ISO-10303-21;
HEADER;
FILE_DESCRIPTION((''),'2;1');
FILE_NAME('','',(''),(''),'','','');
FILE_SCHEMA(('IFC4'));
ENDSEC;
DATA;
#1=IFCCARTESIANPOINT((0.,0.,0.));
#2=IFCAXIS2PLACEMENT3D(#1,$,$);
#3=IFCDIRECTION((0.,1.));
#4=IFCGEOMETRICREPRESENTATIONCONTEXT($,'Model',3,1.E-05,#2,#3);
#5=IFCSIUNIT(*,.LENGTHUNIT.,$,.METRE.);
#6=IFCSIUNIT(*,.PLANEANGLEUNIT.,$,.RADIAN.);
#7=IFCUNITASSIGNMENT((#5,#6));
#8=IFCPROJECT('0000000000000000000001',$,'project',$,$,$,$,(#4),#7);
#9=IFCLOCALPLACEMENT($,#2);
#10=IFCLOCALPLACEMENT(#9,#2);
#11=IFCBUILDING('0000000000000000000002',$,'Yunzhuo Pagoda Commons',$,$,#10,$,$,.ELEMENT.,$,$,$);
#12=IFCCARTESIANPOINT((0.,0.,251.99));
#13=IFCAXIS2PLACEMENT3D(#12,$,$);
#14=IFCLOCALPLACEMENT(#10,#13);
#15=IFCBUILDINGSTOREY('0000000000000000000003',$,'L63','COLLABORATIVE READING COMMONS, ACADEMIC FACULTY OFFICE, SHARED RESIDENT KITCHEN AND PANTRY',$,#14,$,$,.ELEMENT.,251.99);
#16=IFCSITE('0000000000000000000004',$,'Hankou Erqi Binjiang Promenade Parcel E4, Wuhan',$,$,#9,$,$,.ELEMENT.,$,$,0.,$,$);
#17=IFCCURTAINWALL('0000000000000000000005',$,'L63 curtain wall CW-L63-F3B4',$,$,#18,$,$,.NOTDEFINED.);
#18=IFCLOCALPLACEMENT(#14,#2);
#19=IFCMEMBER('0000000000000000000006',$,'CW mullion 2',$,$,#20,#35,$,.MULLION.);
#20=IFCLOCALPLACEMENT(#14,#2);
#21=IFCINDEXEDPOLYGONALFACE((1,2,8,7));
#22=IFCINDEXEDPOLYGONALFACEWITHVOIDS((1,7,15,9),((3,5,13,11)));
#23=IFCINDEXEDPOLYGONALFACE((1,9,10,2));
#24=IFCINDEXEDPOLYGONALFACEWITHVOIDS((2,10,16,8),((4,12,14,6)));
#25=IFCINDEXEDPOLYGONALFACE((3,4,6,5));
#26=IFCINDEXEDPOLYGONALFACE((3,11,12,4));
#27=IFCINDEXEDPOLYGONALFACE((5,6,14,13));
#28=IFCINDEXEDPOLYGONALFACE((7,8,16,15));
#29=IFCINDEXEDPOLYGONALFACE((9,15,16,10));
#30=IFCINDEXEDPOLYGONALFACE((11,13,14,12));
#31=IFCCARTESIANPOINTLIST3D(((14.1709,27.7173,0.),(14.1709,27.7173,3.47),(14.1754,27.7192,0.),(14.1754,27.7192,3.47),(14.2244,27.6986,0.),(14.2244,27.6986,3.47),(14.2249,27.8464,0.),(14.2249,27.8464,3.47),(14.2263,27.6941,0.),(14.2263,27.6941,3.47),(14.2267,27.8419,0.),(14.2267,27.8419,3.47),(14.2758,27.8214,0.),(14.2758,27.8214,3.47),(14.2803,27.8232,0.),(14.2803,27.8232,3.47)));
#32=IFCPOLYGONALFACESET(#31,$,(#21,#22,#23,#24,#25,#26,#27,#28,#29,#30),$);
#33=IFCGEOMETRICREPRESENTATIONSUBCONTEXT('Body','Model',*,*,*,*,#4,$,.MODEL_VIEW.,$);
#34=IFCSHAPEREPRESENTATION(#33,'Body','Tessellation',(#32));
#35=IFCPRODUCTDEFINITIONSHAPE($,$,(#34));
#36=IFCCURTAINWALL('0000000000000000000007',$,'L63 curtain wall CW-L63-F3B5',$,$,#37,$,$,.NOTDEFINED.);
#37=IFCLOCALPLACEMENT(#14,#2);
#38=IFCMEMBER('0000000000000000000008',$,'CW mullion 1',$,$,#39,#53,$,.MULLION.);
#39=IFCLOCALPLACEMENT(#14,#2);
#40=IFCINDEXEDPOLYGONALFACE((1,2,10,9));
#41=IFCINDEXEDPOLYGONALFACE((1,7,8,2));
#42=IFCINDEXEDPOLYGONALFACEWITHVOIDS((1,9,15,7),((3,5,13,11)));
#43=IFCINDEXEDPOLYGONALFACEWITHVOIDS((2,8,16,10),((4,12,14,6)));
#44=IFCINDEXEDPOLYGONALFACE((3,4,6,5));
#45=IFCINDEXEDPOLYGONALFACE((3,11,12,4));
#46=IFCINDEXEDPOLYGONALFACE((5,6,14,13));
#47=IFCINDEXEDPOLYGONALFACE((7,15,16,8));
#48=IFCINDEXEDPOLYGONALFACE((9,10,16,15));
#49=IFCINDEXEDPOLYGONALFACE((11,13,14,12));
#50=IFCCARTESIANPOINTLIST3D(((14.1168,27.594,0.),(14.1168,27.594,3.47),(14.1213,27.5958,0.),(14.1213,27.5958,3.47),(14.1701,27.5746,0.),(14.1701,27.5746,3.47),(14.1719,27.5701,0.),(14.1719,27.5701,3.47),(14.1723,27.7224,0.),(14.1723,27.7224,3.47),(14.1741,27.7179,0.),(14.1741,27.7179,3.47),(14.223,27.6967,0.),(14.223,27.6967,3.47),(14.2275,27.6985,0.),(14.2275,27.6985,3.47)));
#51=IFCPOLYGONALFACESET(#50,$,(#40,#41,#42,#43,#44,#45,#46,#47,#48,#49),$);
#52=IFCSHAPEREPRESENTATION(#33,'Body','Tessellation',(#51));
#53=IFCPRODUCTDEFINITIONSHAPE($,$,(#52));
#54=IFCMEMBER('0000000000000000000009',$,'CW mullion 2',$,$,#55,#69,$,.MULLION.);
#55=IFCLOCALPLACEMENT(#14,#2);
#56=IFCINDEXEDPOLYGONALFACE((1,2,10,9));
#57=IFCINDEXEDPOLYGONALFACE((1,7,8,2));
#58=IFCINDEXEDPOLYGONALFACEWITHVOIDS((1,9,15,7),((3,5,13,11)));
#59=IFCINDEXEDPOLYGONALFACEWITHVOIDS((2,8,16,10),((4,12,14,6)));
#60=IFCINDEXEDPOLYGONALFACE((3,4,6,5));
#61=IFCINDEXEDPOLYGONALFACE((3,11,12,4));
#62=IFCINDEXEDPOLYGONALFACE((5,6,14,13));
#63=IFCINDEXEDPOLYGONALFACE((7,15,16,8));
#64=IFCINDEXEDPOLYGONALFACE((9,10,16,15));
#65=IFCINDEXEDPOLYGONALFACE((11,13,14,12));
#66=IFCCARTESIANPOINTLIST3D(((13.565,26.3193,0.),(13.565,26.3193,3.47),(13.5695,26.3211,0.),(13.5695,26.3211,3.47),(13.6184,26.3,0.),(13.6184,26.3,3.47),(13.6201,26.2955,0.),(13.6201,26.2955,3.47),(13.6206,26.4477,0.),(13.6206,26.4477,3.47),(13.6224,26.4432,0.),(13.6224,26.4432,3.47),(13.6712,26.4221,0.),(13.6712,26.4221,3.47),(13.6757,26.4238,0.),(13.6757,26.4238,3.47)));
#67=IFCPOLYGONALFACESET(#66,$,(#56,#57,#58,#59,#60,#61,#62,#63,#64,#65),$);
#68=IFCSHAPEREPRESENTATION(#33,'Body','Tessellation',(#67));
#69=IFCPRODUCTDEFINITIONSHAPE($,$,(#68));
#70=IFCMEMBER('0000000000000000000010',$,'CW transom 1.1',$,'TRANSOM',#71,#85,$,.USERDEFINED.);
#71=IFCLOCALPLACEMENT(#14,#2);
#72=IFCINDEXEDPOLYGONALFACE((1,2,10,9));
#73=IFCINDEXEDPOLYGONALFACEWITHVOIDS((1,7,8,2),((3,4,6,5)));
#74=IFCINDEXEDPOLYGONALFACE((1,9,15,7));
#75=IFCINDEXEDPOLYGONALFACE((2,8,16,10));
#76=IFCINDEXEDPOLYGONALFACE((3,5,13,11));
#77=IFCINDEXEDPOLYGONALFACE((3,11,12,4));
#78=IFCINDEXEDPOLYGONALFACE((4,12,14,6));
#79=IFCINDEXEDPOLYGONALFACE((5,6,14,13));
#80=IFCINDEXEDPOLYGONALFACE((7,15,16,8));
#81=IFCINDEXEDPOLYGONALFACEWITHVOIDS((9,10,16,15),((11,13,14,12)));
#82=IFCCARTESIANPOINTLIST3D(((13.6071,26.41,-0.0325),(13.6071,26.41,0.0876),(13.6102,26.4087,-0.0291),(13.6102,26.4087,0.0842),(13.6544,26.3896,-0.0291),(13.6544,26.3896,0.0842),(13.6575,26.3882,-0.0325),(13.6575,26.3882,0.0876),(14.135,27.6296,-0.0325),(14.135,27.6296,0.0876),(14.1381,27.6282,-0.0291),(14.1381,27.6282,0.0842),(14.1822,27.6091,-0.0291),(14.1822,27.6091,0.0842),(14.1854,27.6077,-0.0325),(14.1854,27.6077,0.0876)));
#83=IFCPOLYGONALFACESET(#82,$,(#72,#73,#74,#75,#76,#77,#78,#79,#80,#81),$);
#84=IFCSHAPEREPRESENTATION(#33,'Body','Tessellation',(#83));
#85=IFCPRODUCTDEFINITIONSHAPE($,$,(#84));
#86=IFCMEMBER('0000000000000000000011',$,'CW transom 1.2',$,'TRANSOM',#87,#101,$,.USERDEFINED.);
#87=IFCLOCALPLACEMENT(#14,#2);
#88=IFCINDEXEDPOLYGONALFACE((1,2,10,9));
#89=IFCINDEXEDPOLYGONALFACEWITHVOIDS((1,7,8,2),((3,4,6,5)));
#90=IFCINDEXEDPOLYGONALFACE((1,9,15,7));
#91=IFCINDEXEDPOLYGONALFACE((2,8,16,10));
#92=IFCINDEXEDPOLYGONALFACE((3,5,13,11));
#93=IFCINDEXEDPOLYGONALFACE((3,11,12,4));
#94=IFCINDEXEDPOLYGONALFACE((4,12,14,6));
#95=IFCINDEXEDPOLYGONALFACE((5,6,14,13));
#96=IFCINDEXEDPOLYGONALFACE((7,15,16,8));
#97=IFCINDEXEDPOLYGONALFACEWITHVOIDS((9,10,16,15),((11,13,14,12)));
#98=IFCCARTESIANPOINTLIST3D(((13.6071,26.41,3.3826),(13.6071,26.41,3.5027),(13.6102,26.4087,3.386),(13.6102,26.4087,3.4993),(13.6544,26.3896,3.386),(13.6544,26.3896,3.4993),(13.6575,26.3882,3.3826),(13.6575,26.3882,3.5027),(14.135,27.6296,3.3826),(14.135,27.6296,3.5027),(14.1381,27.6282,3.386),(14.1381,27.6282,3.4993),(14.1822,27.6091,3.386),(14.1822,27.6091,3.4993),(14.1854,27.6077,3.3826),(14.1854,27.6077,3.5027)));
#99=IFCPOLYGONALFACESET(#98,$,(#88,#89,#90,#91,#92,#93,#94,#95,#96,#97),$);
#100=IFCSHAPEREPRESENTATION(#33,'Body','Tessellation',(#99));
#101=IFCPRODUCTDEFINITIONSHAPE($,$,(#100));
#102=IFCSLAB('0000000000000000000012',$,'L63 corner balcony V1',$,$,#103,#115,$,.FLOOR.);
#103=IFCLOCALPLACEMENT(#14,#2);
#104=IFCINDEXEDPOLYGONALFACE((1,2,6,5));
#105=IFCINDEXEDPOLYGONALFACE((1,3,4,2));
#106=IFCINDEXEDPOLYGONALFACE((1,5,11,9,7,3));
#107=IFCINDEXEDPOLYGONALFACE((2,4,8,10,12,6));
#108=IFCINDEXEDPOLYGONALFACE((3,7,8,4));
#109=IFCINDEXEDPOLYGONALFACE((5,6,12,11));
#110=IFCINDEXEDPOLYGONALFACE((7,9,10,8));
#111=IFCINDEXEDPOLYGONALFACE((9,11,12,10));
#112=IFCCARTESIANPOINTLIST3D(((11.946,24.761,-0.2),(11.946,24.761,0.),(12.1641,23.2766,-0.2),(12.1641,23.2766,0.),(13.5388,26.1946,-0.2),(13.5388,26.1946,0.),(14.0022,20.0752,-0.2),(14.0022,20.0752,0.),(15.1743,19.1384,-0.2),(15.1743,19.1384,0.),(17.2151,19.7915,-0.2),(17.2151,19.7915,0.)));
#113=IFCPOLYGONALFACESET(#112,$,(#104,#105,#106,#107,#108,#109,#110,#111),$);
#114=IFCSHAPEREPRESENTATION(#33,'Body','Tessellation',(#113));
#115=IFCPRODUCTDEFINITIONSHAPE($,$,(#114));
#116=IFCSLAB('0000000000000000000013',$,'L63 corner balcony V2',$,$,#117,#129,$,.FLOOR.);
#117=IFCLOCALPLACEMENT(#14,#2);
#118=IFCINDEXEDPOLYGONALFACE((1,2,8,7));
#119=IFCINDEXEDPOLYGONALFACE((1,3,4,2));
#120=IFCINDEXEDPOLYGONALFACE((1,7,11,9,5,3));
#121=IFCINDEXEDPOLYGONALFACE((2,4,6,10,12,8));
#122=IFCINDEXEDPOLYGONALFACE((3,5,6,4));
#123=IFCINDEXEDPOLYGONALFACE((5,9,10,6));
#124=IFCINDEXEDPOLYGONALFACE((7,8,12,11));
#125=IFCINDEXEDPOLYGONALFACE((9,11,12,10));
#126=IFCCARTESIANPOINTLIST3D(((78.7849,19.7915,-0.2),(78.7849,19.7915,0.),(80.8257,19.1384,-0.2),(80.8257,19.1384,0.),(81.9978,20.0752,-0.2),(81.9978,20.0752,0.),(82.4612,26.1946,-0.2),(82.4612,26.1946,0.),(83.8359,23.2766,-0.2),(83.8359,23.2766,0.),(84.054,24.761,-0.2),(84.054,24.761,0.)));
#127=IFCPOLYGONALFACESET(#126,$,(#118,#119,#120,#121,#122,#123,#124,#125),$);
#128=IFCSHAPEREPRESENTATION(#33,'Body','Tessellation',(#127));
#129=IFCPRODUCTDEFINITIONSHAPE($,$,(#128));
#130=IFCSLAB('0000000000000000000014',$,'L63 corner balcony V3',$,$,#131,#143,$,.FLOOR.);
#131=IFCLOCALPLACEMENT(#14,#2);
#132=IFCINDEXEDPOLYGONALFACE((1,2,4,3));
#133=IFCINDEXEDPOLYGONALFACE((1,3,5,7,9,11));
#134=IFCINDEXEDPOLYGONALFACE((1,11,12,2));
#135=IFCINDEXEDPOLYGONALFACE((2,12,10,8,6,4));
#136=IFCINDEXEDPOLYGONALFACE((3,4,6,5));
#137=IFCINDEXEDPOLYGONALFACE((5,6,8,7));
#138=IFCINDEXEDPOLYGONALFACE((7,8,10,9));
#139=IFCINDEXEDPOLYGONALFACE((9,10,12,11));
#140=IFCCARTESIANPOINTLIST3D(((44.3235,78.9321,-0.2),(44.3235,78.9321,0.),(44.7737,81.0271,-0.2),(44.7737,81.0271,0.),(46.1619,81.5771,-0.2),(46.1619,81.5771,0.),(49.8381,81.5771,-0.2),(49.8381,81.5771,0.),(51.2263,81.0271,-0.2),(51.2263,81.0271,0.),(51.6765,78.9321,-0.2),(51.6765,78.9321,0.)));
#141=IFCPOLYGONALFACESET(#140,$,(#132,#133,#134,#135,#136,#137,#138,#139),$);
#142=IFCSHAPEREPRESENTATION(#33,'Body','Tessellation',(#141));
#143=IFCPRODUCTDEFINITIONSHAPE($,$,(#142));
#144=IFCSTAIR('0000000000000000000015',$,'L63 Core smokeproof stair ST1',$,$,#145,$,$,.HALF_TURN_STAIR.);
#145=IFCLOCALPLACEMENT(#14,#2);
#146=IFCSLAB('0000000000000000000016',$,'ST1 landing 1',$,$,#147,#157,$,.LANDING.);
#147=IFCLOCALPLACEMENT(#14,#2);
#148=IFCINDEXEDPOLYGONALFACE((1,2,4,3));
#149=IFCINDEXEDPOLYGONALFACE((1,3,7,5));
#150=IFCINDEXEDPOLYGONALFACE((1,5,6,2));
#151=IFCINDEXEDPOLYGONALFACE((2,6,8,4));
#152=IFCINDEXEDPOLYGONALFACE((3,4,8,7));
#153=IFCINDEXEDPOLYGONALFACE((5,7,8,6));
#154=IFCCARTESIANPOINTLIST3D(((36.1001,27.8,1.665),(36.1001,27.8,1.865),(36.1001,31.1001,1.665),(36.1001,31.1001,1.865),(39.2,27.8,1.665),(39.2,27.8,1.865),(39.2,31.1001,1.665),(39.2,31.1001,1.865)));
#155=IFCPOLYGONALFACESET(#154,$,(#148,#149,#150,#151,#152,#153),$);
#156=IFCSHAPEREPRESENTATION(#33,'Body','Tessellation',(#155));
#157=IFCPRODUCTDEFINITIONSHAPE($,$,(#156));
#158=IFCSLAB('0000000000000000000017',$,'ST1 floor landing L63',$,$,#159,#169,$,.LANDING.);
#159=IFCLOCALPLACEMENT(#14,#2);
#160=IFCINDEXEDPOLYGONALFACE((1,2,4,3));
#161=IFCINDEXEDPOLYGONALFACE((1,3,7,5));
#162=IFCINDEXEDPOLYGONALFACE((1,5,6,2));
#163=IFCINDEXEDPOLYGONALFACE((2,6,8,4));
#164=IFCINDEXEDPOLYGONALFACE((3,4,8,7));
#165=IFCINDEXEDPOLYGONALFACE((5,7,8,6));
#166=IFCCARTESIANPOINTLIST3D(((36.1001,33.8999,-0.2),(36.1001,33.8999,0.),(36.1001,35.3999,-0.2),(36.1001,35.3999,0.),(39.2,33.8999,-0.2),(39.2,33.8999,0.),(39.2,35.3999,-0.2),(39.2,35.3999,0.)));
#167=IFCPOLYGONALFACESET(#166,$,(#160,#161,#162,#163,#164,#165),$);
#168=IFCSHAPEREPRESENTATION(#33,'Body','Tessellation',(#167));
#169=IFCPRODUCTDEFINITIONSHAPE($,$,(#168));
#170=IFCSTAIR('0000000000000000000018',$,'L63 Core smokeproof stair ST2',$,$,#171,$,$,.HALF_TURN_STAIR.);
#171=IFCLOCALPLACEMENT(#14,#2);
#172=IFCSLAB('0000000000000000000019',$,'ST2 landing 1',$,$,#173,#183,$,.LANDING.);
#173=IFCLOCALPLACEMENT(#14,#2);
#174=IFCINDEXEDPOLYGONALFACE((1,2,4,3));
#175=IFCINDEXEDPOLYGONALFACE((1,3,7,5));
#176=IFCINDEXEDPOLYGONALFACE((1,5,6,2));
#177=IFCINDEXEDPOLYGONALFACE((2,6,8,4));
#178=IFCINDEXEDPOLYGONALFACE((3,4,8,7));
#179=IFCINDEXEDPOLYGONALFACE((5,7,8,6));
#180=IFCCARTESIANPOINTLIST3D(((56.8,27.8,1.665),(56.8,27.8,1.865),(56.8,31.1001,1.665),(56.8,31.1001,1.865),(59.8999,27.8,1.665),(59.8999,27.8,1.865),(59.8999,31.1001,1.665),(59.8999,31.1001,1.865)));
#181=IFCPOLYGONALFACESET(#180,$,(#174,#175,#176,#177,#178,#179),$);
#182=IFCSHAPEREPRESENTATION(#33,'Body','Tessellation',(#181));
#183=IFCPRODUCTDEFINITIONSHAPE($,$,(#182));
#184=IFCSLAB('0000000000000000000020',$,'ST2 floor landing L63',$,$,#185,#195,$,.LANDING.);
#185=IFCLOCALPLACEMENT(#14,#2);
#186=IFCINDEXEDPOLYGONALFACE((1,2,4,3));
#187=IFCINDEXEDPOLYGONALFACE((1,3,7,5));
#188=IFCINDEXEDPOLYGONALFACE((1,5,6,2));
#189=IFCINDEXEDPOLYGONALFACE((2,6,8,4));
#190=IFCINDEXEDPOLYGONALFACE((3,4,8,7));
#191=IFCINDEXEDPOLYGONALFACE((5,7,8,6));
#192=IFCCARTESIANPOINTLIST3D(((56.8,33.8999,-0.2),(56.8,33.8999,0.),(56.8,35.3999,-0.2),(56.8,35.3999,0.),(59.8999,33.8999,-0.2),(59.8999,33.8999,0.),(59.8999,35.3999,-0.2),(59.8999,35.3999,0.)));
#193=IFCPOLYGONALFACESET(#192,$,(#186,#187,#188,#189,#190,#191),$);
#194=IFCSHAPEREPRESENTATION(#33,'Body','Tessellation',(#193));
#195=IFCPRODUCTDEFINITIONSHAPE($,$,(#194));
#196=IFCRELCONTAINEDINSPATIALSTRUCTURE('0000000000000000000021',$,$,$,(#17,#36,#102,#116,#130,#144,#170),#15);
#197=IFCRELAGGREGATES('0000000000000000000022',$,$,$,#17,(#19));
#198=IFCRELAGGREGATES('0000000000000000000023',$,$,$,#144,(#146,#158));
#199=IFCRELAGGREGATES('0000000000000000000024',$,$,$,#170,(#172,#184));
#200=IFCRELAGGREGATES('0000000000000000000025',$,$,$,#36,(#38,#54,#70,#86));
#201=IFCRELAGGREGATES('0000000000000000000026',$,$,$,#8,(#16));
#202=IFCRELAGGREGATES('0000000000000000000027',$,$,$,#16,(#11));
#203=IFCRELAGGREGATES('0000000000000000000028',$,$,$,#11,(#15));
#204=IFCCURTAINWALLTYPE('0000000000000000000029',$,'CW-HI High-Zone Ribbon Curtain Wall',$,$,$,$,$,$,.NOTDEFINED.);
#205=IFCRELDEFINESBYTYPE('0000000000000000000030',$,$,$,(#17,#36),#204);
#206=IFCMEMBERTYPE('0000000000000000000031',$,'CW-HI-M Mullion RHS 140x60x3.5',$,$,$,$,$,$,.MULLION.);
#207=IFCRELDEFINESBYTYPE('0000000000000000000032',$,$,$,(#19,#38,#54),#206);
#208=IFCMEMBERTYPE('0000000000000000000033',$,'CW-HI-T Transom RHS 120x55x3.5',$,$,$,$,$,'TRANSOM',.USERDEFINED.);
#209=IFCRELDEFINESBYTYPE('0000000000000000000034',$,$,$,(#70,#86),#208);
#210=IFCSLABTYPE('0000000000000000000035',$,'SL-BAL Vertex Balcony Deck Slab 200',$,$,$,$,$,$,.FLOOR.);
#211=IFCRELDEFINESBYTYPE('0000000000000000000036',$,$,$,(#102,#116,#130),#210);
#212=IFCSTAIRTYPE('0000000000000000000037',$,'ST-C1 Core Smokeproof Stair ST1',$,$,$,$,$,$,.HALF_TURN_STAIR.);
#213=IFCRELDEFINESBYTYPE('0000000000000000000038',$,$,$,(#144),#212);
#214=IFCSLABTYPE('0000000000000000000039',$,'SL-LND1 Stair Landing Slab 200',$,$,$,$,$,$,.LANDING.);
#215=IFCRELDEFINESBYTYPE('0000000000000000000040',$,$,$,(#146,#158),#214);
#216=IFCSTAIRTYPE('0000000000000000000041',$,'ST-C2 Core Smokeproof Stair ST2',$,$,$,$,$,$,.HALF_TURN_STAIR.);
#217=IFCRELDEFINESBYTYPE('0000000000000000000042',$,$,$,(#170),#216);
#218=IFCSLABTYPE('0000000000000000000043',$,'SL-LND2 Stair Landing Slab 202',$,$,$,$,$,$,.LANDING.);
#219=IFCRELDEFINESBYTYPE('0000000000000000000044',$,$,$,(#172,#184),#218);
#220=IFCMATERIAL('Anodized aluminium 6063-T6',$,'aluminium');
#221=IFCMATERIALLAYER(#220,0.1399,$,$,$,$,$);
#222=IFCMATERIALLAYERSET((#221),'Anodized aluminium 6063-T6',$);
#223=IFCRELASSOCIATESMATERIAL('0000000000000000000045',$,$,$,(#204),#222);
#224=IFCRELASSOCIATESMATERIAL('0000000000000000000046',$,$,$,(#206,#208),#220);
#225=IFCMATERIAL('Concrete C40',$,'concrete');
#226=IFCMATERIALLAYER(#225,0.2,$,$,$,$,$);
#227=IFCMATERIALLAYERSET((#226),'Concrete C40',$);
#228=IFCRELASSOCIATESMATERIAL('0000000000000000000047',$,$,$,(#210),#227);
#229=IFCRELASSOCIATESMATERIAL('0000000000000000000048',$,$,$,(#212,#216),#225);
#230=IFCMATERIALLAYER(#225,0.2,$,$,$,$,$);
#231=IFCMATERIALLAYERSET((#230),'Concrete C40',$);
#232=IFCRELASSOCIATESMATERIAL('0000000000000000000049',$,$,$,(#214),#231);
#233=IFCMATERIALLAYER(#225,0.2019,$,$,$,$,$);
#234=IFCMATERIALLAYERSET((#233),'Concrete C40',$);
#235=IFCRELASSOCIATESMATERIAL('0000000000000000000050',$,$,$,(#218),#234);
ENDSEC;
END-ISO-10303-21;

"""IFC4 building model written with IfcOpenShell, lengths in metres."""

from ifc_helpers import new_model, si_unit, direction, frame, origin, origin_2d, place, context, subcontext, project, spatial, polyline, hollow_rectangle, outline, extrude, source, transform, mapped, material, layer, layer_set, material_profile, profile_set, type_object, element, aggregate, save


model = new_model("IFC4")

# Units and contexts
model_context = context("Model", 3, precision=1e-05, world=origin(), true_north=direction((0.0, 1.0)))
body_context = subcontext(model_context, "Body", "Model", "MODEL_VIEW")
ifc_project = project(units=[si_unit("LENGTHUNIT", "METRE"), si_unit("PLANEANGLEUNIT", "RADIAN")], contexts=[model_context])

# Site, building, storey
site_placement = place(None, origin())
site = spatial("IfcSite", under=ifc_project, at=site_placement, Name="Hankou Erqi Binjiang Promenade Parcel E4, Wuhan", CompositionType="ELEMENT", RefElevation=0.0)
building_placement = place(site_placement, origin())
building = spatial("IfcBuilding", under=site, at=building_placement, Name="Yunzhuo Pagoda Commons", CompositionType="ELEMENT")
storey_placement = place(building_placement, frame((0.0, 0.0, 251.99)))
storey = spatial("IfcBuildingStorey", under=building, at=storey_placement, Name="L63", Description="COLLABORATIVE READING COMMONS, ACADEMIC FACULTY OFFICE, SHARED RESIDENT KITCHEN AND PANTRY", CompositionType="ELEMENT", Elevation=251.99)

# Curtain wall, member
ifc_material_1 = material(Name="Anodized aluminium 6063-T6", Category="aluminium")
ifc_layer_1 = layer(ifc_material_1, 0.1399)
ifc_layer_set_1 = layer_set([ifc_layer_1], Name="Anodized aluminium 6063-T6")
curtain_wall_type = type_object("IfcCurtainWallType", Name="CW-HI High-Zone Ribbon Curtain Wall", PredefinedType="NOTDEFINED", material=ifc_layer_set_1)
curtain_wall_1_placement = place(storey_placement, origin())
curtain_wall_1 = element("IfcCurtainWall", 1, at=curtain_wall_1_placement, inside=storey, type_object=curtain_wall_type, Name="L63 curtain wall CW-L63-F3B4", PredefinedType="NOTDEFINED")
ifc_material_profile_1 = material_profile(ifc_material_1, hollow_rectangle(XDim=0.0601, YDim=0.1399, WallThickness=0.0034, at=origin_2d()), Name="Anodized aluminium 6063-T6")
ifc_profile_set_1 = profile_set([ifc_material_profile_1], Name="Anodized aluminium 6063-T6")
member_type_1 = type_object("IfcMemberType", Name="CW-HI-M Mullion RHS 140x60x3.5", PredefinedType="MULLION", material=ifc_profile_set_1)
shared_shape_1 = source(origin(), body_context, "Body", "SweptSolid", [
    extrude(hollow_rectangle(XDim=0.0601, YDim=0.1399, WallThickness=0.0034, at=origin_2d()), origin(), (0.0, 0.0, 1.0), 3.47),
])
member_1_placement = place(storey_placement, frame((14.2256, 27.7703, 0.0), z_axis=(0.0, 0.0, 1.0), x_axis=(0.922451, -0.386115, 0.0)))
member_1 = element("IfcMember", 2, at=member_1_placement, type_object=member_type_1, Name="CW mullion 2", PredefinedType="MULLION", context=body_context, shape_type="MappedRepresentation", body=[
    mapped(shared_shape_1, transform((0.0, 0.0, 0.0), scale=1.0)),
])
aggregate(curtain_wall_1, [member_1])

# Curtain wall, members
curtain_wall_2_placement = place(storey_placement, origin())
curtain_wall_2 = element("IfcCurtainWall", 3, at=curtain_wall_2_placement, inside=storey, type_object=curtain_wall_type, Name="L63 curtain wall CW-L63-F3B5", PredefinedType="NOTDEFINED")
member_2_placement = place(storey_placement, frame((14.1721, 27.6462, 0.0), z_axis=(0.0, 0.0, 1.0), x_axis=(0.917707, -0.397257, 0.0)))
member_2 = element("IfcMember", 4, at=member_2_placement, type_object=member_type_1, Name="CW mullion 1", PredefinedType="MULLION", context=body_context, shape_type="MappedRepresentation", body=[
    mapped(shared_shape_1, transform((0.0, 0.0, 0.0), scale=1.0)),
])
member_3_placement = place(storey_placement, frame((13.6204, 26.3716, 0.0), z_axis=(0.0, 0.0, 1.0), x_axis=(0.917707, -0.397257, 0.0)))
member_3 = element("IfcMember", 5, at=member_3_placement, type_object=member_type_1, Name="CW mullion 2", PredefinedType="MULLION", context=body_context, shape_type="MappedRepresentation", body=[
    mapped(shared_shape_1, transform((0.0, 0.0, 0.0), scale=1.0)),
])
ifc_material_profile_2 = material_profile(ifc_material_1, hollow_rectangle(XDim=0.0549, YDim=0.1201, WallThickness=0.0034, at=origin_2d()), Name="Anodized aluminium 6063-T6")
ifc_profile_set_2 = profile_set([ifc_material_profile_2], Name="Anodized aluminium 6063-T6")
member_type_2 = type_object("IfcMemberType", Name="CW-HI-T Transom RHS 120x55x3.5", ElementType="TRANSOM", PredefinedType="USERDEFINED", material=ifc_profile_set_2)
shared_shape_2 = source(origin(), body_context, "Body", "SweptSolid", [
    extrude(hollow_rectangle(XDim=0.0549, YDim=0.1201, WallThickness=0.0034, at=origin_2d()), origin(), (0.0, 0.0, 1.0), 1.3289),
])
member_4_placement = place(storey_placement, frame((14.1602, 27.6187, 0.0276), z_axis=(-0.397221, -0.917723, 0.0), x_axis=(0.917723, -0.397221, 0.0)))
member_4 = element("IfcMember", 6, at=member_4_placement, type_object=member_type_2, Name="CW transom 1.1", ObjectType="TRANSOM", PredefinedType="USERDEFINED", context=body_context, shape_type="MappedRepresentation", body=[
    mapped(shared_shape_2, transform((0.0, 0.0, 0.0), scale=1.0)),
])
member_5_placement = place(storey_placement, frame((14.1602, 27.6187, 3.4426), z_axis=(-0.397221, -0.917723, 0.0), x_axis=(0.917723, -0.397221, 0.0)))
member_5 = element("IfcMember", 7, at=member_5_placement, type_object=member_type_2, Name="CW transom 1.2", ObjectType="TRANSOM", PredefinedType="USERDEFINED", context=body_context, shape_type="MappedRepresentation", body=[
    mapped(shared_shape_2, transform((0.0, 0.0, 0.0), scale=1.0)),
])

# Slabs
ifc_material_2 = material(Name="Concrete C40", Category="concrete")
ifc_layer_2 = layer(ifc_material_2, 0.2)
ifc_layer_set_2 = layer_set([ifc_layer_2], Name="Concrete C40")
slab_type_1 = type_object("IfcSlabType", Name="SL-BAL Vertex Balcony Deck Slab 200", PredefinedType="FLOOR", material=ifc_layer_set_2)
slab_1_placement = place(storey_placement, frame((0.0, 0.0, -0.2)))
element("IfcSlab", 8, at=slab_1_placement, inside=storey, type_object=slab_type_1, Name="L63 corner balcony V1", PredefinedType="FLOOR", context=body_context, shape_type="SweptSolid", body=[
    extrude(outline(polyline([(13.5388, 26.1946), (17.2151, 19.7915), (15.1743, 19.1384), (14.0022, 20.0752), (12.1641, 23.2766), (11.946, 24.761), (13.5388, 26.1946)])), origin(), (0.0, 0.0, 1.0), 0.2),
])
slab_2_placement = place(storey_placement, frame((0.0, 0.0, -0.2)))
element("IfcSlab", 9, at=slab_2_placement, inside=storey, type_object=slab_type_1, Name="L63 corner balcony V2", PredefinedType="FLOOR", context=body_context, shape_type="SweptSolid", body=[
    extrude(outline(polyline([(78.7849, 19.7915), (82.4612, 26.1946), (84.054, 24.761), (83.8359, 23.2766), (81.9978, 20.0752), (80.8257, 19.1384), (78.7849, 19.7915)])), origin(), (0.0, 0.0, 1.0), 0.2),
])
slab_3_placement = place(storey_placement, frame((0.0, 0.0, -0.2)))
element("IfcSlab", 10, at=slab_3_placement, inside=storey, type_object=slab_type_1, Name="L63 corner balcony V3", PredefinedType="FLOOR", context=body_context, shape_type="SweptSolid", body=[
    extrude(outline(polyline([(51.6765, 78.9321), (44.3235, 78.9321), (44.7737, 81.0271), (46.1619, 81.5771), (49.8381, 81.5771), (51.2263, 81.0271), (51.6765, 78.9321)])), origin(), (0.0, 0.0, 1.0), 0.2),
])

# Stairs, slabs
stair_type_1 = type_object("IfcStairType", Name="ST-C1 Core Smokeproof Stair ST1", PredefinedType="HALF_TURN_STAIR", material=ifc_material_2)
stair_1_placement = place(storey_placement, origin())
stair_1 = element("IfcStair", 11, at=stair_1_placement, inside=storey, type_object=stair_type_1, Name="L63 Core smokeproof stair ST1", PredefinedType="HALF_TURN_STAIR")
ifc_layer_3 = layer(ifc_material_2, 0.2)
ifc_layer_set_3 = layer_set([ifc_layer_3], Name="Concrete C40")
slab_type_2 = type_object("IfcSlabType", Name="SL-LND1 Stair Landing Slab 200", PredefinedType="LANDING", material=ifc_layer_set_3)
slab_4_placement = place(storey_placement, frame((0.0, 0.0, 1.665)))
slab_4 = element("IfcSlab", 12, at=slab_4_placement, type_object=slab_type_2, Name="ST1 landing 1", PredefinedType="LANDING", context=body_context, shape_type="SweptSolid", body=[
    extrude(outline(polyline([(36.1001, 31.1001), (36.1001, 27.8), (39.2, 27.8), (39.2, 31.1001), (36.1001, 31.1001)])), origin(), (0.0, 0.0, 1.0), 0.2),
])
slab_5_placement = place(storey_placement, frame((0.0, 0.0, -0.2)))
slab_5 = element("IfcSlab", 13, at=slab_5_placement, type_object=slab_type_2, Name="ST1 floor landing L63", PredefinedType="LANDING", context=body_context, shape_type="SweptSolid", body=[
    extrude(outline(polyline([(36.1001, 35.3999), (36.1001, 33.8999), (39.2, 33.8999), (39.2, 35.3999), (36.1001, 35.3999)])), origin(), (0.0, 0.0, 1.0), 0.2),
])
aggregate(stair_1, [slab_4, slab_5])
stair_type_2 = type_object("IfcStairType", Name="ST-C2 Core Smokeproof Stair ST2", PredefinedType="HALF_TURN_STAIR", material=ifc_material_2)
stair_2_placement = place(storey_placement, origin())
stair_2 = element("IfcStair", 14, at=stair_2_placement, inside=storey, type_object=stair_type_2, Name="L63 Core smokeproof stair ST2", PredefinedType="HALF_TURN_STAIR")
ifc_layer_4 = layer(ifc_material_2, 0.2019)
ifc_layer_set_4 = layer_set([ifc_layer_4], Name="Concrete C40")
slab_type_3 = type_object("IfcSlabType", Name="SL-LND2 Stair Landing Slab 202", PredefinedType="LANDING", material=ifc_layer_set_4)
slab_6_placement = place(storey_placement, frame((0.0, 0.0, 1.665)))
slab_6 = element("IfcSlab", 15, at=slab_6_placement, type_object=slab_type_3, Name="ST2 landing 1", PredefinedType="LANDING", context=body_context, shape_type="SweptSolid", body=[
    extrude(outline(polyline([(56.8, 31.1001), (56.8, 27.8), (59.8999, 27.8), (59.8999, 31.1001), (56.8, 31.1001)])), origin(), (0.0, 0.0, 1.0), 0.2),
])
slab_7_placement = place(storey_placement, frame((0.0, 0.0, -0.2)))
slab_7 = element("IfcSlab", 16, at=slab_7_placement, type_object=slab_type_3, Name="ST2 floor landing L63", PredefinedType="LANDING", context=body_context, shape_type="SweptSolid", body=[
    extrude(outline(polyline([(56.8, 35.3999), (56.8, 33.8999), (59.8999, 33.8999), (59.8999, 35.3999), (56.8, 35.3999)])), origin(), (0.0, 0.0, 1.0), 0.2),
])
aggregate(stair_2, [slab_6, slab_7])

aggregate(curtain_wall_2, [member_2, member_3, member_4, member_5])

save(model, "model.ifc")
